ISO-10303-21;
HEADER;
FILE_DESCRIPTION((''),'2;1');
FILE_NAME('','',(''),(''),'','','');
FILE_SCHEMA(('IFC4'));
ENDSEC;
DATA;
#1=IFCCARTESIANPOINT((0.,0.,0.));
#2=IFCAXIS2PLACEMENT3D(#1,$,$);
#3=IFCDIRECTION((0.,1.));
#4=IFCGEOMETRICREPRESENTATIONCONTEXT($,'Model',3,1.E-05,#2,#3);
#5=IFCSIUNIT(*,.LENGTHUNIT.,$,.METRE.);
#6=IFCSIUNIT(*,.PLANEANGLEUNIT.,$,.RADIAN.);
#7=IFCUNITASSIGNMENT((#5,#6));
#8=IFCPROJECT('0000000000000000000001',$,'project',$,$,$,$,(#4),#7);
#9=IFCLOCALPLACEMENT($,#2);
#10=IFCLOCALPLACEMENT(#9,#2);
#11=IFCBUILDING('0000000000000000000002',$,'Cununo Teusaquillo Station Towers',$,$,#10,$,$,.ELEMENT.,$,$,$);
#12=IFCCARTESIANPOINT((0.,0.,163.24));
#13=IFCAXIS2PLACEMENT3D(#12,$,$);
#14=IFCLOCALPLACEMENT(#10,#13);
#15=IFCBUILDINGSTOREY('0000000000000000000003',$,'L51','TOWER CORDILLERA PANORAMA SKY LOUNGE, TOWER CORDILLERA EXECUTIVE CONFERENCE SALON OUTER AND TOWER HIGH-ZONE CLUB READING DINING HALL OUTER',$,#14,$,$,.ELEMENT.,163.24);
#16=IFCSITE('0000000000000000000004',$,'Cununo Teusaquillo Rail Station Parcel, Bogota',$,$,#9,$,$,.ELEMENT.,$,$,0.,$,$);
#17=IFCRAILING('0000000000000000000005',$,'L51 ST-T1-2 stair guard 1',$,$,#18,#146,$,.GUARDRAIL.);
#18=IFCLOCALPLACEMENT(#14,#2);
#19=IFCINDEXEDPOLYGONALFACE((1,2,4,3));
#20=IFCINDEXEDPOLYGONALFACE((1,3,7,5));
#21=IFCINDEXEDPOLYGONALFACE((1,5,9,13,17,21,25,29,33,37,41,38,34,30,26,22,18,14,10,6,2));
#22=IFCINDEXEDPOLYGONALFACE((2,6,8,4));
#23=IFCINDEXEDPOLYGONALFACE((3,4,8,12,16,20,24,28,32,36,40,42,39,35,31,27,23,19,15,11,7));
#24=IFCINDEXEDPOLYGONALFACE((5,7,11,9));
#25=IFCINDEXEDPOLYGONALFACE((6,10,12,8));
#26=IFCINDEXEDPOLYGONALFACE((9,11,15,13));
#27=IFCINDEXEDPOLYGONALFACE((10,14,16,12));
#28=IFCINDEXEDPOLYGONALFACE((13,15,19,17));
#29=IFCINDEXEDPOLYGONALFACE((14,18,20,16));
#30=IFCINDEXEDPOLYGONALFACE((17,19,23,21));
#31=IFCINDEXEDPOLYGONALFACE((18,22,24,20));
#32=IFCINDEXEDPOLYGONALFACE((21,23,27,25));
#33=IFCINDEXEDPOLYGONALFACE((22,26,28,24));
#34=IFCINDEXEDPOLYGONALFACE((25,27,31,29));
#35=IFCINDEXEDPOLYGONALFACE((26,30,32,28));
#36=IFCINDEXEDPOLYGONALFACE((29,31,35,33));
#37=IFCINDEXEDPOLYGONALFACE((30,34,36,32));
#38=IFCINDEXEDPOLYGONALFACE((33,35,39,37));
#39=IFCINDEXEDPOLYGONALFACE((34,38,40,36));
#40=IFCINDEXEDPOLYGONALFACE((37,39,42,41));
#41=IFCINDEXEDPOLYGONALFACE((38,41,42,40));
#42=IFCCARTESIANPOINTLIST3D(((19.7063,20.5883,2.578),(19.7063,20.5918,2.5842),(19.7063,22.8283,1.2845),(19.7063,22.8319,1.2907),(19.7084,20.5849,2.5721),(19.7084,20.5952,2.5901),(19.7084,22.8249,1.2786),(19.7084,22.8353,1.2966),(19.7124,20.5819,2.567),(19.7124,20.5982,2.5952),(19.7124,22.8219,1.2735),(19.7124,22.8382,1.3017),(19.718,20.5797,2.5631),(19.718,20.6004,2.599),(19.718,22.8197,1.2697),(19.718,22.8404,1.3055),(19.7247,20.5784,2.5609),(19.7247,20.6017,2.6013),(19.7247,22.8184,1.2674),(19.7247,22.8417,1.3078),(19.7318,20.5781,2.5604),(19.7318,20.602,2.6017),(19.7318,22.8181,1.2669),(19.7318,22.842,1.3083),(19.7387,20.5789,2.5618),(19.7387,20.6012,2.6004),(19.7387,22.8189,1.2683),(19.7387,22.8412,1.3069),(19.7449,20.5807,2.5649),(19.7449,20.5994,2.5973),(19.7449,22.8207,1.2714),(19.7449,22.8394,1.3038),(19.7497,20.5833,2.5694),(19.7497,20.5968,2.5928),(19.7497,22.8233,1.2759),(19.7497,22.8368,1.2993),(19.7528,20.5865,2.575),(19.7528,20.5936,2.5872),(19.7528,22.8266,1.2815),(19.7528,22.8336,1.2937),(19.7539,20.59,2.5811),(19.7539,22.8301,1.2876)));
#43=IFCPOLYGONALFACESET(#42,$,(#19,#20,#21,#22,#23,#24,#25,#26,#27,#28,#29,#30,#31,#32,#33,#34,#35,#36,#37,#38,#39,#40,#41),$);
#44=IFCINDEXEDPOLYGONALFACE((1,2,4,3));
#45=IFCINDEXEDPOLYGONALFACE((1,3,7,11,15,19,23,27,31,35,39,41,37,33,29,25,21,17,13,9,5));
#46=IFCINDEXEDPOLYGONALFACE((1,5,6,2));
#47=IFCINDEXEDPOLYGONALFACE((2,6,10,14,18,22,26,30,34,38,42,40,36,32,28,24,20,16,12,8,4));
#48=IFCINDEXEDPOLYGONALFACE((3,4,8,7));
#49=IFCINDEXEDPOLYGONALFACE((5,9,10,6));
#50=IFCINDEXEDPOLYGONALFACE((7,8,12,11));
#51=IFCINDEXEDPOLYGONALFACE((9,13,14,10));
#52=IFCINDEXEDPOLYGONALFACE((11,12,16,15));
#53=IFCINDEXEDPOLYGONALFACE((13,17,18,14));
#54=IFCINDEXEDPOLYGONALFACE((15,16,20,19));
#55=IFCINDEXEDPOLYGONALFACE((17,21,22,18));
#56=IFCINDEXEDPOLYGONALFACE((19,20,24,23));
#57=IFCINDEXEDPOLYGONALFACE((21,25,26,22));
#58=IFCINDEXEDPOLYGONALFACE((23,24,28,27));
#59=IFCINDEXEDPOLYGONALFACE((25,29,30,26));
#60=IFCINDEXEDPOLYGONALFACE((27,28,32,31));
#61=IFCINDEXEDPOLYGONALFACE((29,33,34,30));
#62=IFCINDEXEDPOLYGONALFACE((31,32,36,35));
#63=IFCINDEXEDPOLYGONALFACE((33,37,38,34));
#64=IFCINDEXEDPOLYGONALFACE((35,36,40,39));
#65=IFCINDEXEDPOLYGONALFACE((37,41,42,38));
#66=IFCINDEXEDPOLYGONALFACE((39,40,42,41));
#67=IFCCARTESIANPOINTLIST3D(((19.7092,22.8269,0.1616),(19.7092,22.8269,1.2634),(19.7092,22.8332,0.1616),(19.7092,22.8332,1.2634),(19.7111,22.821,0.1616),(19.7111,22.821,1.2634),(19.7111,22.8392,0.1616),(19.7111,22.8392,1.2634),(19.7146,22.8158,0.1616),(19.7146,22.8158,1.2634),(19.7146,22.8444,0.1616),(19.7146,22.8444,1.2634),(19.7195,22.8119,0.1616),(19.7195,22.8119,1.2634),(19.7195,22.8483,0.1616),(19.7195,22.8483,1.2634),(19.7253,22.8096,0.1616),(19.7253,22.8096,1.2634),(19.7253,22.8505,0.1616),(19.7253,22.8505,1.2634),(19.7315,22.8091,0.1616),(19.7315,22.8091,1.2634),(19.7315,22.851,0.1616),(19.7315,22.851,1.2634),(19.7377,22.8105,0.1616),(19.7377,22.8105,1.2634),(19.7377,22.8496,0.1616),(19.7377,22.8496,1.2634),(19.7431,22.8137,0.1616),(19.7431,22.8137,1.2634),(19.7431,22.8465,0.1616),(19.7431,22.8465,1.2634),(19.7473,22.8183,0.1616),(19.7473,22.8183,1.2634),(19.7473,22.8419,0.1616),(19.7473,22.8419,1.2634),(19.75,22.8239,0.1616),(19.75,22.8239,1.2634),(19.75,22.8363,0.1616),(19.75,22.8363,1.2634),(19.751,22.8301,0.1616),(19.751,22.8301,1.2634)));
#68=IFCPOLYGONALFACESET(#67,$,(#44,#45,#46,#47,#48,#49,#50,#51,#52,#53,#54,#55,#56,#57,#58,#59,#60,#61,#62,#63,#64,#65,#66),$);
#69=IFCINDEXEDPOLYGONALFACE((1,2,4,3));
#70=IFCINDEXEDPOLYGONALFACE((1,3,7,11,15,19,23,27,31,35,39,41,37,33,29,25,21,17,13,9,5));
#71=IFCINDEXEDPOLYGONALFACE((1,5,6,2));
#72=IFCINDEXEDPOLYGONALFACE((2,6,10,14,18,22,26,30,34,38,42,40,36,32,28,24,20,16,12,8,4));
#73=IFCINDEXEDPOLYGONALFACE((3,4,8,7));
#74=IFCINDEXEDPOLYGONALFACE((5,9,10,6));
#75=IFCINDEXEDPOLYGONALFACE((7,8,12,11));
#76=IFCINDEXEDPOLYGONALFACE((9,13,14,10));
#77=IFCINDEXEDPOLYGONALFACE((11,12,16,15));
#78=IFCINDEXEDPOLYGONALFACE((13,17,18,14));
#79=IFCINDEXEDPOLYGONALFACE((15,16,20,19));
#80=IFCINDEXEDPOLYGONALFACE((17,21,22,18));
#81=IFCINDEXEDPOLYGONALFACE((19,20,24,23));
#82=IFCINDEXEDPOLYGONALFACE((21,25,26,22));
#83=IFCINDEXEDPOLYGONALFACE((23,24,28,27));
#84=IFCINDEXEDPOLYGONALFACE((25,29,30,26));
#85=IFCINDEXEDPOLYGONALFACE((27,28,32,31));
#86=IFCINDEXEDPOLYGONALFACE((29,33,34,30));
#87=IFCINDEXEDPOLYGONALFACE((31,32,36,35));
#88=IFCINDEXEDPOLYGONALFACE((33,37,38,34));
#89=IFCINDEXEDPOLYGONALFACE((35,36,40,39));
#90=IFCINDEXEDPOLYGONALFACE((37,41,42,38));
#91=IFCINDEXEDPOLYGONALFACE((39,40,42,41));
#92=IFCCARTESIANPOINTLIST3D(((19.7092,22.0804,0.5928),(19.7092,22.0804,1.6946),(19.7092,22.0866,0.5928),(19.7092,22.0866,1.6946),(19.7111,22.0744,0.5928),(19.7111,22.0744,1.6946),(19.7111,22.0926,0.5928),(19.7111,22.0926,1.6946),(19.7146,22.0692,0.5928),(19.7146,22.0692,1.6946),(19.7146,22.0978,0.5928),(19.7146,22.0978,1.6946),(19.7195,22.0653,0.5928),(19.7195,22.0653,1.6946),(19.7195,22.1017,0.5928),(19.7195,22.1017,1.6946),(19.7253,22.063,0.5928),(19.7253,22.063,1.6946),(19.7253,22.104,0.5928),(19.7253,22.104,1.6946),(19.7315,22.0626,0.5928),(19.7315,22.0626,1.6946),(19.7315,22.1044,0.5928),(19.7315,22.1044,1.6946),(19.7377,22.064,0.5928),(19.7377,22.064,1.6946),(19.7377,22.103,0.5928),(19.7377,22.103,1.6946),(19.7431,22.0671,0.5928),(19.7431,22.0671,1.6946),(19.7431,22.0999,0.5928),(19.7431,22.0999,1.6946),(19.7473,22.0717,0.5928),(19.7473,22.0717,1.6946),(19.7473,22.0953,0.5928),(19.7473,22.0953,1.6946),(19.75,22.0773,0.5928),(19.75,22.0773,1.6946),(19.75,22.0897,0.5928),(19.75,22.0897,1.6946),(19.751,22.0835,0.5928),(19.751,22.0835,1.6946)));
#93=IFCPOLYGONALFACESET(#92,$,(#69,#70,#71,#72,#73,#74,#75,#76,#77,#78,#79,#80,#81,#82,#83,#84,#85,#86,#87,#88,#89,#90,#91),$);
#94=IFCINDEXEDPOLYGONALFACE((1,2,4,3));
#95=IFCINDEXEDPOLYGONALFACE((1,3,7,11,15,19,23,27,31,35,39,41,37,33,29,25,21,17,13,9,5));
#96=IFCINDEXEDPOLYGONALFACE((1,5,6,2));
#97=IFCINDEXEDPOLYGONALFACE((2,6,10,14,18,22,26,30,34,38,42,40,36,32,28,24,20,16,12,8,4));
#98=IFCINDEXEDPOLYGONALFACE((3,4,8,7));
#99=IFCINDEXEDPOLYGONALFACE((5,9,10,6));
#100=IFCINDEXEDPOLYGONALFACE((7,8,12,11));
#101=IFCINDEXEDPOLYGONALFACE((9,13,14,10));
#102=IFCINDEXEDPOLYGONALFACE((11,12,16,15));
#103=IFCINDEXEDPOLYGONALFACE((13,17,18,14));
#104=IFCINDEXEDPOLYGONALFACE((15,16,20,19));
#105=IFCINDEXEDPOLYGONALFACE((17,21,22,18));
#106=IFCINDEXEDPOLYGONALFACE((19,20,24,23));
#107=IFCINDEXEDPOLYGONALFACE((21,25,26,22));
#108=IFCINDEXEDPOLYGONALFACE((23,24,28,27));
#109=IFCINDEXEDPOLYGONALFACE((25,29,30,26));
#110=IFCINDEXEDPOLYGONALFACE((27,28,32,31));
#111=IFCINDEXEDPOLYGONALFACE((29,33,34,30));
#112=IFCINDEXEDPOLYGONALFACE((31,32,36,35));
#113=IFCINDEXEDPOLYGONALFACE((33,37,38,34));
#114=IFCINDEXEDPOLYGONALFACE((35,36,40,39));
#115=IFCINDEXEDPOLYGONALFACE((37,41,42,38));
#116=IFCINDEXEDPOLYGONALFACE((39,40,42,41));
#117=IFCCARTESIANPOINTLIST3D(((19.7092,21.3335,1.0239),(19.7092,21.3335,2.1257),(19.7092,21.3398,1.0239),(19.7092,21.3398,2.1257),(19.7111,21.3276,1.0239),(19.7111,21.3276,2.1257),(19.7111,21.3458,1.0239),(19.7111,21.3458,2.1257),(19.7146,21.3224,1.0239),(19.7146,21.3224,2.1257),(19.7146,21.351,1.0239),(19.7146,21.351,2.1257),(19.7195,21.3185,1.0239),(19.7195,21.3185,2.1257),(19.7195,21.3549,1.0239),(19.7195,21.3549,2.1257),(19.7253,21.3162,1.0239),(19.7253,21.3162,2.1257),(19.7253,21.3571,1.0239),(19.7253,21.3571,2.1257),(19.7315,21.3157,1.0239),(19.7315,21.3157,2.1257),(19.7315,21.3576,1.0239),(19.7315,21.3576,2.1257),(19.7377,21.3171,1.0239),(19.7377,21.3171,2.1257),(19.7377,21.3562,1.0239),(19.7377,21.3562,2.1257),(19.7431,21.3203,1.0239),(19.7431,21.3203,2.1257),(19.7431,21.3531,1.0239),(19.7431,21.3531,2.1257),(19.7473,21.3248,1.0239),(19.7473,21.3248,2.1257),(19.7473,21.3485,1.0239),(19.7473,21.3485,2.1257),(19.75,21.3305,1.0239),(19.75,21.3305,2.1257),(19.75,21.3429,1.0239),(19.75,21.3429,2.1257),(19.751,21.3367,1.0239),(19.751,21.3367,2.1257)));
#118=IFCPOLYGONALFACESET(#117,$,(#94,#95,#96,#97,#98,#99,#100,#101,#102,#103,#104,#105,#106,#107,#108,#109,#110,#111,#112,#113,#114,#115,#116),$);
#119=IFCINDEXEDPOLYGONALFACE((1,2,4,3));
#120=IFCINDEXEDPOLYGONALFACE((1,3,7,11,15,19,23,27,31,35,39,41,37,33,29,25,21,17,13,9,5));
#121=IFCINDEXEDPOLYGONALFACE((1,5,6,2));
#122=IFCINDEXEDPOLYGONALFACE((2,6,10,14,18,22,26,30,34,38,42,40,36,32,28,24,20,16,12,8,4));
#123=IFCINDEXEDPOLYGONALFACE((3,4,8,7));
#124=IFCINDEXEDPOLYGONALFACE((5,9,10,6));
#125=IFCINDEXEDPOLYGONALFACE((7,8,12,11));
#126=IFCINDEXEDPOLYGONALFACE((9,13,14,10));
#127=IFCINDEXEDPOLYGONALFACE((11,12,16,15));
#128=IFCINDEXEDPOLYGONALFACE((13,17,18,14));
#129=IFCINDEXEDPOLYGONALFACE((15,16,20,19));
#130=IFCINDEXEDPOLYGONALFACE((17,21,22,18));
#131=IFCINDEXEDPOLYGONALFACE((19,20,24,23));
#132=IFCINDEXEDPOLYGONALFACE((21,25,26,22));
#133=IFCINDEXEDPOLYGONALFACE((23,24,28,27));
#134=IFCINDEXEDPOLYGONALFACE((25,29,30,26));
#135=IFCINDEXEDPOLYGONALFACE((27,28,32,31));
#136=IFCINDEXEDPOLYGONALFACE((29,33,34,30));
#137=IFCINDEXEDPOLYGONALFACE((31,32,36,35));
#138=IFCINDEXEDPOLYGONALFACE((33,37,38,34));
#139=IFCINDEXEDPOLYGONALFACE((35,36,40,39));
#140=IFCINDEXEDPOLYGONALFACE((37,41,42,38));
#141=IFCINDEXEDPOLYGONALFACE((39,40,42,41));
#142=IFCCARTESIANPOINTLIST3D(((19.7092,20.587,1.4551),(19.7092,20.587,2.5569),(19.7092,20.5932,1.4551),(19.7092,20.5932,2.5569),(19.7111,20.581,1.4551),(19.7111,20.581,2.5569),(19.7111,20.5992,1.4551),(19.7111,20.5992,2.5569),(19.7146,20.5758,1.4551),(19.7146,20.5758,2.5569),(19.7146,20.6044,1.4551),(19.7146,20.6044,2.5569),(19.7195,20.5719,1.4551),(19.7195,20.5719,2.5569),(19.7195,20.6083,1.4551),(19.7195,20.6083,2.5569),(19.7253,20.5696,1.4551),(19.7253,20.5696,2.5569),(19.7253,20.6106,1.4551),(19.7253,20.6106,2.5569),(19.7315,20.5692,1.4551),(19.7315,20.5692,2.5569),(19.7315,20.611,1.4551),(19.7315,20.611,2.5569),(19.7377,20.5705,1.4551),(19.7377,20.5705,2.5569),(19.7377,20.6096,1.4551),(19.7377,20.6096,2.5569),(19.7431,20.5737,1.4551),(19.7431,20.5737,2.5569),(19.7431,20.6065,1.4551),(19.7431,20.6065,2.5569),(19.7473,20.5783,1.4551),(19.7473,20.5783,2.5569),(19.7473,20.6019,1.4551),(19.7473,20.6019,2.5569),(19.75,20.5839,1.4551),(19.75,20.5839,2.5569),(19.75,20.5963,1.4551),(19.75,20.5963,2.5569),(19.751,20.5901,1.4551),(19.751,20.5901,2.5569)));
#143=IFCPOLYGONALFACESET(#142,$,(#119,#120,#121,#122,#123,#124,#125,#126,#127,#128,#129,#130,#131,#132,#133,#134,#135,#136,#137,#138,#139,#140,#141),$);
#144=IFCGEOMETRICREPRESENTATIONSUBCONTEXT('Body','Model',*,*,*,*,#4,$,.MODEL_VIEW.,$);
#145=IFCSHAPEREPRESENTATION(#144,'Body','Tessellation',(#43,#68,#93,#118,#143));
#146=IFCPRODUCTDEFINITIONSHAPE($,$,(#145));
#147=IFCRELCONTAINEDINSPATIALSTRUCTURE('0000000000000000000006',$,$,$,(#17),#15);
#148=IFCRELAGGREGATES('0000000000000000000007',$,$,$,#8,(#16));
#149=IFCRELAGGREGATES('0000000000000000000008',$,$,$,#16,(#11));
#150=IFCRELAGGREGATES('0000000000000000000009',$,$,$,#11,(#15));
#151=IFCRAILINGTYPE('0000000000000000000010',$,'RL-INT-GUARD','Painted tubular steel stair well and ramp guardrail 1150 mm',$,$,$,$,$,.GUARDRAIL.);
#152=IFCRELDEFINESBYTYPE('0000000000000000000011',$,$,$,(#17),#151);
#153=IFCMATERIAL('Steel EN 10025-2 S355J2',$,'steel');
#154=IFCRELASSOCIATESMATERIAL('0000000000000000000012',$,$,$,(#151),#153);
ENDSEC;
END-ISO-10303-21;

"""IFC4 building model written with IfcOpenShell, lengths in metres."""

from ifc_helpers import new_model, si_unit, direction, frame, origin, origin_2d, place, context, subcontext, project, spatial, circle, extrude, material, type_object, element, save


model = new_model("IFC4")

# Units and contexts
model_context = context("Model", 3, precision=1e-05, world=origin(), true_north=direction((0.0, 1.0)))
body_context = subcontext(model_context, "Body", "Model", "MODEL_VIEW")
ifc_project = project(units=[si_unit("LENGTHUNIT", "METRE"), si_unit("PLANEANGLEUNIT", "RADIAN")], contexts=[model_context])

# Site, building, storey
site_placement = place(None, origin())
site = spatial("IfcSite", under=ifc_project, at=site_placement, Name="Cununo Teusaquillo Rail Station Parcel, Bogota", CompositionType="ELEMENT", RefElevation=0.0)
building_placement = place(site_placement, origin())
building = spatial("IfcBuilding", under=site, at=building_placement, Name="Cununo Teusaquillo Station Towers", CompositionType="ELEMENT")
storey_placement = place(building_placement, frame((0.0, 0.0, 163.24)))
storey = spatial("IfcBuildingStorey", under=building, at=storey_placement, Name="L51", Description="TOWER CORDILLERA PANORAMA SKY LOUNGE, TOWER CORDILLERA EXECUTIVE CONFERENCE SALON OUTER AND TOWER HIGH-ZONE CLUB READING DINING HALL OUTER", CompositionType="ELEMENT", Elevation=163.24)

# Railing
ifc_material_1 = material(Name="Steel EN 10025-2 S355J2", Category="steel")
railing_type_1 = type_object("IfcRailingType", Name="RL-INT-GUARD", Description="Painted tubular steel stair well and ramp guardrail 1150 mm", PredefinedType="GUARDRAIL", material=ifc_material_1)
railing_1_placement = place(storey_placement, frame((19.73, 22.8301, 0.1616)))
element("IfcRailing", 1, at=railing_1_placement, inside=storey, type_object=railing_type_1, Name="L51 ST-T1-2 stair guard 1", PredefinedType="GUARDRAIL", context=body_context, shape_type="SweptSolid", body=[
    extrude(circle(Radius=0.0239, at=origin_2d()), frame((0.0, 0.0, 1.126), z_axis=(0.0, -0.865992, 0.500057), x_axis=(1.0, 0.0, 0.0)), (0.0, 0.0, 1.0), 2.5867),
    extrude(circle(Radius=0.021, at=origin_2d()), origin(), (0.0, 0.0, 1.0), 1.1018),
    extrude(circle(Radius=0.021, at=origin_2d()), frame((0.0, -0.7466, 0.4312)), (0.0, 0.0, 1.0), 1.1018),
    extrude(circle(Radius=0.021, at=origin_2d()), frame((0.0, -1.4934, 0.8623)), (0.0, 0.0, 1.0), 1.1018),
    extrude(circle(Radius=0.021, at=origin_2d()), frame((0.0, -2.24, 1.2935)), (0.0, 0.0, 1.0), 1.1018),
])

save(model, "model.ifc")
